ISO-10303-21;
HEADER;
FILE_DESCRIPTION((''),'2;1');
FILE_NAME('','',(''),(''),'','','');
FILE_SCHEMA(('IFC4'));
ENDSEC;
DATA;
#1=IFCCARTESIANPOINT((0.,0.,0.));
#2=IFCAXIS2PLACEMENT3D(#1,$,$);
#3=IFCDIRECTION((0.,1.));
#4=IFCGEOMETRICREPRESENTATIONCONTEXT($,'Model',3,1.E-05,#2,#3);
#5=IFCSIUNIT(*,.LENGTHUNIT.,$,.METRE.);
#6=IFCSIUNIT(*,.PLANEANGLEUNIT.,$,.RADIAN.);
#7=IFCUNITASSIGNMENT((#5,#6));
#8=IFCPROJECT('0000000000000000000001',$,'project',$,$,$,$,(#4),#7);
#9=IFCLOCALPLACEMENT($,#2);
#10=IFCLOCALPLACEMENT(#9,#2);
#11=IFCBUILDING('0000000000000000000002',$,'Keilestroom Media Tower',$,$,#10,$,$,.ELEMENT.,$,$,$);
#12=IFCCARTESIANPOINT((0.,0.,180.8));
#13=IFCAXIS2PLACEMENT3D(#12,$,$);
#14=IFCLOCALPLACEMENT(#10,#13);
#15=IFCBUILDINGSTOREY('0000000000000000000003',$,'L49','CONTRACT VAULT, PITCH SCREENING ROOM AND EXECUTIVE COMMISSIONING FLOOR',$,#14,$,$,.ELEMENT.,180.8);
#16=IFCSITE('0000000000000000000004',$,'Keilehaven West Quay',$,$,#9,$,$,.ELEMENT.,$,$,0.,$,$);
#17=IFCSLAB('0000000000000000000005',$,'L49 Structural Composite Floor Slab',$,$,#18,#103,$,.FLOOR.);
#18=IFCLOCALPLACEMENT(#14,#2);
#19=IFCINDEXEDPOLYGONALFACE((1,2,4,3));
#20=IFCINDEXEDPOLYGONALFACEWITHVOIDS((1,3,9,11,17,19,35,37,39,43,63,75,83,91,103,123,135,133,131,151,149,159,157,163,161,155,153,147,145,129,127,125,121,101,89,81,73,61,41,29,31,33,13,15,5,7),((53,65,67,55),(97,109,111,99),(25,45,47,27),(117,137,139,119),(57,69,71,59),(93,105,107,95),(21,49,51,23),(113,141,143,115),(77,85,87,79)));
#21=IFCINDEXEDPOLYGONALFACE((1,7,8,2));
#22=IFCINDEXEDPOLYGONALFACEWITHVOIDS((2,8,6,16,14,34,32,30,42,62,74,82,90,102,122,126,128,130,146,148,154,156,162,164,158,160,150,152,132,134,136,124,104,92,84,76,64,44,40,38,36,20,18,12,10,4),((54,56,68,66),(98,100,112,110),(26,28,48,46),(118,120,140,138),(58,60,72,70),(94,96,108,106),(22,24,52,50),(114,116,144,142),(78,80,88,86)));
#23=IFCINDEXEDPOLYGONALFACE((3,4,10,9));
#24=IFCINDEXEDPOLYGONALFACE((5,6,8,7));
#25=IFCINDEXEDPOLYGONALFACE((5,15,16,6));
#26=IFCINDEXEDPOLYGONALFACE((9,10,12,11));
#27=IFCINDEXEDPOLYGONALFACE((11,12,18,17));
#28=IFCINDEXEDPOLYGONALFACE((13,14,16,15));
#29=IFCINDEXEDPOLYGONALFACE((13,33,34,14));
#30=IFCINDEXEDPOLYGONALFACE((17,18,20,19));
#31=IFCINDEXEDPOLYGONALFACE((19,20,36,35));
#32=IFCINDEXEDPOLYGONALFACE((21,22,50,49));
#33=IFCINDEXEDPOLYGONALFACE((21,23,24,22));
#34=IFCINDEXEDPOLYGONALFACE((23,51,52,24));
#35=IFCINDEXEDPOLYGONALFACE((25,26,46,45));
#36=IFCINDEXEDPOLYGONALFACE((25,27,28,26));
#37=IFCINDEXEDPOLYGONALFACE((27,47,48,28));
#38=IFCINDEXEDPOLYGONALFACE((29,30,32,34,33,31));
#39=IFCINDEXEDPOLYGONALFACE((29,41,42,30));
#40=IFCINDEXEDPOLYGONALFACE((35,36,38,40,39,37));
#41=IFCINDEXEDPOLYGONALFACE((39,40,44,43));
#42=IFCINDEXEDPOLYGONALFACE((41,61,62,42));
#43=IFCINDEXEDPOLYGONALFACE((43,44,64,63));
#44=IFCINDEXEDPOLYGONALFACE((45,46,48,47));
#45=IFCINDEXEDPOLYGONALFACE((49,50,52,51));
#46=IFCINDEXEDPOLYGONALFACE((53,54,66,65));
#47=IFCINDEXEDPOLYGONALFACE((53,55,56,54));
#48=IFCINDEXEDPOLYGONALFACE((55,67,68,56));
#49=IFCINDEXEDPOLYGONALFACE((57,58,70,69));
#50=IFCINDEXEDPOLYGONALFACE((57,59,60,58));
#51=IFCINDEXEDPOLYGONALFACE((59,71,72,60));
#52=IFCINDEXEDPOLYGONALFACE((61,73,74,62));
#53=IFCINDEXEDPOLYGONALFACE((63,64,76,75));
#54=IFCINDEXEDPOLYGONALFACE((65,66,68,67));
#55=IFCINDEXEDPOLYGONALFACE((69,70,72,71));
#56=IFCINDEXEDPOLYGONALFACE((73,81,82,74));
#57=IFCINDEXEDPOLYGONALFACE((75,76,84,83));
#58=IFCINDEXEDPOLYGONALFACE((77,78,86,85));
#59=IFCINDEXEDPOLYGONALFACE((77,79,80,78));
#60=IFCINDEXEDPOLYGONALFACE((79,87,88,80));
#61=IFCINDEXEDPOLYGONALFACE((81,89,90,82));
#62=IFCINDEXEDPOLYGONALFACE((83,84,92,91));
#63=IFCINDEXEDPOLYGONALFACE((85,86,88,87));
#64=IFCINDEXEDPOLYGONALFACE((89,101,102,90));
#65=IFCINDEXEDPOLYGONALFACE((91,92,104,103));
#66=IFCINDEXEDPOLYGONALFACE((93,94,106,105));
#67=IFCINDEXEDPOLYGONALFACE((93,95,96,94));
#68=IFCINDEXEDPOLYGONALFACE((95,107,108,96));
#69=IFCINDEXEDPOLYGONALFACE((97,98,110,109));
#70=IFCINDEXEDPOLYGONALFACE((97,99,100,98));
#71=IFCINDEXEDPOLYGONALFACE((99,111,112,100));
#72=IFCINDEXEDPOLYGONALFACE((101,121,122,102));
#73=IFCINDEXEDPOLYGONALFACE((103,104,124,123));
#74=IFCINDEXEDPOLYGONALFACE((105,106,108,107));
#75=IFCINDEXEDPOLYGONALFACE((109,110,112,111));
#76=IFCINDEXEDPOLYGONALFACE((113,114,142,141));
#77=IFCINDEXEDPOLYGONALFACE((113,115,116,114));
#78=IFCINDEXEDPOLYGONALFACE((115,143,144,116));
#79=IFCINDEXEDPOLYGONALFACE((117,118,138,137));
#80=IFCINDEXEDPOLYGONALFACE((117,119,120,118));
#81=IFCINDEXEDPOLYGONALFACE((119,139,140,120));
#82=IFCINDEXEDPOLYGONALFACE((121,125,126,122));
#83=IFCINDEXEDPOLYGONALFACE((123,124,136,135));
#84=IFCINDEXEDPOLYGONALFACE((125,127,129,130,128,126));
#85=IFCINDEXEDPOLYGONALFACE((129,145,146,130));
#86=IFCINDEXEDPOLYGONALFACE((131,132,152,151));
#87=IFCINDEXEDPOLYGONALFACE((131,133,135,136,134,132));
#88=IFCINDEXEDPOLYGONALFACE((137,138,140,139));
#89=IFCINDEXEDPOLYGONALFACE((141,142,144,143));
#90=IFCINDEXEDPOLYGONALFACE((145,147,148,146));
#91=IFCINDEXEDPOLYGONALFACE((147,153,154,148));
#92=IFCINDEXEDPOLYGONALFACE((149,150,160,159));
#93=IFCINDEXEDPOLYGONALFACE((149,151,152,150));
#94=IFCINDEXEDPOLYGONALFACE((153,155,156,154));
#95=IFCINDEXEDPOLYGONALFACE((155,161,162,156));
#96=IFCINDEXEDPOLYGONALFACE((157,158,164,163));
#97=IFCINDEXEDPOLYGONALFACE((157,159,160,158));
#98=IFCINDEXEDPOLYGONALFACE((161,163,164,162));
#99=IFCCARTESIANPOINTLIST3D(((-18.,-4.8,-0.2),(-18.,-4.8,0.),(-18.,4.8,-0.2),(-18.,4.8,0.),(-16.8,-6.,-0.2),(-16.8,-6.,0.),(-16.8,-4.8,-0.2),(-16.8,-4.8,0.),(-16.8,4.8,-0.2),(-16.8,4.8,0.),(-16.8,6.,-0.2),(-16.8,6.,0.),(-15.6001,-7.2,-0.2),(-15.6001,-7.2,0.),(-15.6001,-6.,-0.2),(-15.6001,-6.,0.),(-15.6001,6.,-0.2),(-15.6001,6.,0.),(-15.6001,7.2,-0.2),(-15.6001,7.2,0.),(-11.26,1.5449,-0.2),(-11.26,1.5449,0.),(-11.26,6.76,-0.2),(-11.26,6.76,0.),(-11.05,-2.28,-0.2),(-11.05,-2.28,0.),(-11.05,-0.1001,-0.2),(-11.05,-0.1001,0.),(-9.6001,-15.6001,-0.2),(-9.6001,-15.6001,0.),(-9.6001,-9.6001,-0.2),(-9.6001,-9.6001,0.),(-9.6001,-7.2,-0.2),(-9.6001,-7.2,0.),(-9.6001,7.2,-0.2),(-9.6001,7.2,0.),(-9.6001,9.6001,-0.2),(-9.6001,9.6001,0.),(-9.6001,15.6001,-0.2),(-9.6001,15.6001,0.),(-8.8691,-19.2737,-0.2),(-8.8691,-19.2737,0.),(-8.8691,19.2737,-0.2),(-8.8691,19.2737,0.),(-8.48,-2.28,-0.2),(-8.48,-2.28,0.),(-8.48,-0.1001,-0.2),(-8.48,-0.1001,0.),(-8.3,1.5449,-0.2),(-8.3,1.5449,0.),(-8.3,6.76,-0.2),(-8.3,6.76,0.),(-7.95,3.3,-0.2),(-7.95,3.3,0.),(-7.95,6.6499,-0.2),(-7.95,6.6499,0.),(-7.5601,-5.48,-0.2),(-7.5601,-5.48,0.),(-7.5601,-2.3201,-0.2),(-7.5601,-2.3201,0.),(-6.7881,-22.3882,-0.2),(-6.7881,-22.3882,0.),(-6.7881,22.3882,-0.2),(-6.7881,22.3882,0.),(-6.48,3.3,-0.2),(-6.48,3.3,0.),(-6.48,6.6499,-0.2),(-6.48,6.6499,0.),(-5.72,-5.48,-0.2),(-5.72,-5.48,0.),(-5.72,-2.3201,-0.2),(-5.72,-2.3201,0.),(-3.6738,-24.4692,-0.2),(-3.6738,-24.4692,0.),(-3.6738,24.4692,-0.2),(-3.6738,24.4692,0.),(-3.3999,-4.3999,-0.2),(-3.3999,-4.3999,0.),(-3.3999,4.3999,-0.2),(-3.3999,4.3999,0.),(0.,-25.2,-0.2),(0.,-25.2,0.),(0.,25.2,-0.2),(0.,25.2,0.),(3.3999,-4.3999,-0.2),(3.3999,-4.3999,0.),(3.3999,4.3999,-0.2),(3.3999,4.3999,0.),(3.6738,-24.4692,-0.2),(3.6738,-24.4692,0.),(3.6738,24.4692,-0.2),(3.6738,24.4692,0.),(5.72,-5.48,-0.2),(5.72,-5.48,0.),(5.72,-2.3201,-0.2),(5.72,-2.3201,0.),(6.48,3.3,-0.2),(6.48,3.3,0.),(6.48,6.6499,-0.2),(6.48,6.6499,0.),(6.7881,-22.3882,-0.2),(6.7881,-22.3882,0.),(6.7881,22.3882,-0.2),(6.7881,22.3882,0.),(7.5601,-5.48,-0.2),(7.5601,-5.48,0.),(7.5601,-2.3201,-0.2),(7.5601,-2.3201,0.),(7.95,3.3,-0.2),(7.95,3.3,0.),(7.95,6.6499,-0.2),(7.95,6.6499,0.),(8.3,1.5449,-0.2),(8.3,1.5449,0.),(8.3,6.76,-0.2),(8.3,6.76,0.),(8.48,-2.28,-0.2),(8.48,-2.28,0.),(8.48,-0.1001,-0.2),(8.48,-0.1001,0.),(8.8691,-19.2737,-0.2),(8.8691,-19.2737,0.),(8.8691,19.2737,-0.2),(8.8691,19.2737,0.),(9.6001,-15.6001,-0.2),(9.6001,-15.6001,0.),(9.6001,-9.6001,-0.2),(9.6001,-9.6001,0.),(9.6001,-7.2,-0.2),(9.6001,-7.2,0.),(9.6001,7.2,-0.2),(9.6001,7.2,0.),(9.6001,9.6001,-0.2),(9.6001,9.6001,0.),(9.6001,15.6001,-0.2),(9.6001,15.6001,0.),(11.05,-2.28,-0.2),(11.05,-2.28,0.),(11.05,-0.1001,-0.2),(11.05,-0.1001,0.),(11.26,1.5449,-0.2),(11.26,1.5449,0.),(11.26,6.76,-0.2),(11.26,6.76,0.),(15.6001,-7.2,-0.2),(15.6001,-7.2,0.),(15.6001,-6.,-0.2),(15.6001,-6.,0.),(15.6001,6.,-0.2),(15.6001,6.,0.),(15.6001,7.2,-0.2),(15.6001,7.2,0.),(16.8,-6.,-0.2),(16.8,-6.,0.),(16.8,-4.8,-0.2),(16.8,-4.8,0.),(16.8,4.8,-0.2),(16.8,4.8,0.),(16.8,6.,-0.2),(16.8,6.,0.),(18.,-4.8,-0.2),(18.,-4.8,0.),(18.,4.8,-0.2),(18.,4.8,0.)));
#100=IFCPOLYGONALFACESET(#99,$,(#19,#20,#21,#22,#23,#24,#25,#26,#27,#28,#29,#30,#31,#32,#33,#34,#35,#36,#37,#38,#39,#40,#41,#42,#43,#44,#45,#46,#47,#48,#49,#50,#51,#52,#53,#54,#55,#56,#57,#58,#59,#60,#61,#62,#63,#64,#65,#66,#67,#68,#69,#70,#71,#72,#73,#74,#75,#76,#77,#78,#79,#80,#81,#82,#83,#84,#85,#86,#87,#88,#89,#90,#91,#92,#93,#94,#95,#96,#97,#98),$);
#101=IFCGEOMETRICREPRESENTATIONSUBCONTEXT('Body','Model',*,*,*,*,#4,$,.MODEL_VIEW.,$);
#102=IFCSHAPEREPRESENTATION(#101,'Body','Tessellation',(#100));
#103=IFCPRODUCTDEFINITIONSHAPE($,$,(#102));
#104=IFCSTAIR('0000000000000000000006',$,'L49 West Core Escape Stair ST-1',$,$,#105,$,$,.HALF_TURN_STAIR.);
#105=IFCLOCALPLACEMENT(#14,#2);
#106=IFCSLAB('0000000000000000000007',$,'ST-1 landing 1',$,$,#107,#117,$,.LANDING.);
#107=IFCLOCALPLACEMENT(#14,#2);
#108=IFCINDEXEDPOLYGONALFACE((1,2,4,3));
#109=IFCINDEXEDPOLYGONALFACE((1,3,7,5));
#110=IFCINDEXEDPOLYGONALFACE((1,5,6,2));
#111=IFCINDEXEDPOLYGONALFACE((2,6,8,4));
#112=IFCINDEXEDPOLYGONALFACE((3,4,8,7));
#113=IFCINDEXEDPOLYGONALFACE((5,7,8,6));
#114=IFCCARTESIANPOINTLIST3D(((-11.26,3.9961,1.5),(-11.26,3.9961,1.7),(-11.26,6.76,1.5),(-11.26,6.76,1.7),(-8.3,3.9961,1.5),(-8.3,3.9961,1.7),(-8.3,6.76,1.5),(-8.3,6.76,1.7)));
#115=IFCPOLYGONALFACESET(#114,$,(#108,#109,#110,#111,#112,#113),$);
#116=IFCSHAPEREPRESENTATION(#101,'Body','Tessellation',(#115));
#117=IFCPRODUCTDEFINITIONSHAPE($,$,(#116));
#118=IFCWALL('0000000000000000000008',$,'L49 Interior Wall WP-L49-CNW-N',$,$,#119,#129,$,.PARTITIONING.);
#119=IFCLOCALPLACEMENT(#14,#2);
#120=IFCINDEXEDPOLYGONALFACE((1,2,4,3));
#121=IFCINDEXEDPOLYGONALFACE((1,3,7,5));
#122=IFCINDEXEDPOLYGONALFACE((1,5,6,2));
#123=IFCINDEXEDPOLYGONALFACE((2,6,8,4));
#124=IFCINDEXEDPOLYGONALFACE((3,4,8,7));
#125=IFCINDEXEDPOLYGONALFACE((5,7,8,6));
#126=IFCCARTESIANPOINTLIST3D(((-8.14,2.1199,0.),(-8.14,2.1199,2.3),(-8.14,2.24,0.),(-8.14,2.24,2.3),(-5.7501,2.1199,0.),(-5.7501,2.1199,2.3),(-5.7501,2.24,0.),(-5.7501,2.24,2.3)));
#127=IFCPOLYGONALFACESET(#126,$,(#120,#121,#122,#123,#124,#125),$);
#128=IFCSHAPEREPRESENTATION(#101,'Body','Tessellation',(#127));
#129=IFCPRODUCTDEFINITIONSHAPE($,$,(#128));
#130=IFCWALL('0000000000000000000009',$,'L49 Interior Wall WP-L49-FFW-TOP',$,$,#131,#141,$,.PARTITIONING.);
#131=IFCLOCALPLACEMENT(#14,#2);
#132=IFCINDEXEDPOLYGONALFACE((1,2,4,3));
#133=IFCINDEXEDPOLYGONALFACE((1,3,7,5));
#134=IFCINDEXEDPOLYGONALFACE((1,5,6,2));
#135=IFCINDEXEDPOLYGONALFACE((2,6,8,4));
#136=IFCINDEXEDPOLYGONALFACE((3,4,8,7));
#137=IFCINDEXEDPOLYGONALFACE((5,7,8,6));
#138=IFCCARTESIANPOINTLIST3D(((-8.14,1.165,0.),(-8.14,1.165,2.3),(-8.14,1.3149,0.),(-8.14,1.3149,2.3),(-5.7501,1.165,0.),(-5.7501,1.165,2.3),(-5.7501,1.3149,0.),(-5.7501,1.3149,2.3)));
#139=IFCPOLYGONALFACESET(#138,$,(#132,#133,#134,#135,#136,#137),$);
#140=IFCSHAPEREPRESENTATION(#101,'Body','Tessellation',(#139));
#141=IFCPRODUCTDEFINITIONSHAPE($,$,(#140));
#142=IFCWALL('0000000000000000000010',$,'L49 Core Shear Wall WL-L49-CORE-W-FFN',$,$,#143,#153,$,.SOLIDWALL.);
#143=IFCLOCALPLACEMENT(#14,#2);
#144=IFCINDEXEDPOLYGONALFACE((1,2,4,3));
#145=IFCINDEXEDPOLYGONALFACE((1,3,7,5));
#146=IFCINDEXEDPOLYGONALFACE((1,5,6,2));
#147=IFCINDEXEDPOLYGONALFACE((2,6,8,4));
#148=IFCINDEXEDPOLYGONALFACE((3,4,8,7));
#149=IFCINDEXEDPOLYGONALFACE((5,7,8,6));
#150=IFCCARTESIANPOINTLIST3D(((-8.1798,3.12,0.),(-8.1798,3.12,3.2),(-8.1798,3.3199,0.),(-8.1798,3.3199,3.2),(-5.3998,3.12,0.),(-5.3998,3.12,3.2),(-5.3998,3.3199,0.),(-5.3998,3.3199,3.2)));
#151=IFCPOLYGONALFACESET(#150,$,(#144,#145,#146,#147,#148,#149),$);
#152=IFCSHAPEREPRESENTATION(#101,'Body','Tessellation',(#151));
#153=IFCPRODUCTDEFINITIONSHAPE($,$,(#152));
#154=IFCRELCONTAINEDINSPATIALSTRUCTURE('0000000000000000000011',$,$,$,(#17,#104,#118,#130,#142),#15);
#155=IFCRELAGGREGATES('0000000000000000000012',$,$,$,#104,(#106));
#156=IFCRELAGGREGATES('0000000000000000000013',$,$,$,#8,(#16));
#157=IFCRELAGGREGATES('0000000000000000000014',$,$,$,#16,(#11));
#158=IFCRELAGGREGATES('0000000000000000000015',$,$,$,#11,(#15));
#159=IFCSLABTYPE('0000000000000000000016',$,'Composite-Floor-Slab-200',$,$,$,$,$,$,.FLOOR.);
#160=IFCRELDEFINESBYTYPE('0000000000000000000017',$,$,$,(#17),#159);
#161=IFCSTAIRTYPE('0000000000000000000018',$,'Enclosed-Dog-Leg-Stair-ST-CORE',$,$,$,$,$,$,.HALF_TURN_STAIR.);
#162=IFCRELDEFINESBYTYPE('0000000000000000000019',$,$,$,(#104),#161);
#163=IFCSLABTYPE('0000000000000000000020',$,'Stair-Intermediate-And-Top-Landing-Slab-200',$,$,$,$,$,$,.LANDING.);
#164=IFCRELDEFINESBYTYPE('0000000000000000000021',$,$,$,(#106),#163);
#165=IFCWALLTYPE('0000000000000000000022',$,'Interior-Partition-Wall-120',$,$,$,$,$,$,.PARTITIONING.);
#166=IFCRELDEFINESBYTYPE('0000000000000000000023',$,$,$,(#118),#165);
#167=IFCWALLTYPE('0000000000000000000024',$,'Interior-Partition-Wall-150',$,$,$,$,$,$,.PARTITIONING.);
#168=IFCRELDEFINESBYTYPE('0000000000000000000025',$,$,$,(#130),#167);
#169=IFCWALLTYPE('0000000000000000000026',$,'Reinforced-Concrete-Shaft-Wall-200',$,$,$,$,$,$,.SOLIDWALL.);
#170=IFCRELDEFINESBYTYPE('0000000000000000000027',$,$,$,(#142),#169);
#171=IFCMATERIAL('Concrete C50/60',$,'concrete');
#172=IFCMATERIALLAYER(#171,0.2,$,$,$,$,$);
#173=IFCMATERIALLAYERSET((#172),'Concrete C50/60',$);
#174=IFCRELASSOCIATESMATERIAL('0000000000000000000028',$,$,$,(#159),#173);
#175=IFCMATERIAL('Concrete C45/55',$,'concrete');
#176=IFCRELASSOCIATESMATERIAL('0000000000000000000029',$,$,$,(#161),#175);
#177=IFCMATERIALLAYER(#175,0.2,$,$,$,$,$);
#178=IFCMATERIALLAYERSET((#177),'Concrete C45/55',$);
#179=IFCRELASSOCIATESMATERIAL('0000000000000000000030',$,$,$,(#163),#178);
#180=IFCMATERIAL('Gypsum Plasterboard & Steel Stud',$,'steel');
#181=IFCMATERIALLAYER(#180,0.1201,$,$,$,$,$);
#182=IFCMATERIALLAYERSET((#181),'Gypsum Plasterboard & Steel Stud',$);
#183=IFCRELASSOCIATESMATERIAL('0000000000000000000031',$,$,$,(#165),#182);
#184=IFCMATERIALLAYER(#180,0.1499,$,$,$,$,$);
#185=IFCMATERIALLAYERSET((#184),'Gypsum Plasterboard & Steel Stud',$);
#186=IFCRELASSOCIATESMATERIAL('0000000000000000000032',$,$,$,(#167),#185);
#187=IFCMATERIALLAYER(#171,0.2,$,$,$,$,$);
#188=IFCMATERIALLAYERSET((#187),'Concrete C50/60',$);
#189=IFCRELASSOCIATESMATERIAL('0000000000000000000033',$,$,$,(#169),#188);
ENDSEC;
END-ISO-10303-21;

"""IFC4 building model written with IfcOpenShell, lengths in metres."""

from ifc_helpers import new_model, si_unit, direction, frame, frame_2d, origin, place, context, subcontext, project, spatial, polyline, rectangle, outline, extrude, material, layer, layer_set, type_object, element, aggregate, save


model = new_model("IFC4")

# Units and contexts
model_context = context("Model", 3, precision=1e-05, world=origin(), true_north=direction((0.0, 1.0)))
body_context = subcontext(model_context, "Body", "Model", "MODEL_VIEW")
ifc_project = project(units=[si_unit("LENGTHUNIT", "METRE"), si_unit("PLANEANGLEUNIT", "RADIAN")], contexts=[model_context])

# Site, building, storey
site_placement = place(None, origin())
site = spatial("IfcSite", under=ifc_project, at=site_placement, Name="Keilehaven West Quay", CompositionType="ELEMENT", RefElevation=0.0)
building_placement = place(site_placement, origin())
building = spatial("IfcBuilding", under=site, at=building_placement, Name="Keilestroom Media Tower", CompositionType="ELEMENT")
storey_placement = place(building_placement, frame((0.0, 0.0, 180.8)))
storey = spatial("IfcBuildingStorey", under=building, at=storey_placement, Name="L49", Description="CONTRACT VAULT, PITCH SCREENING ROOM AND EXECUTIVE COMMISSIONING FLOOR", CompositionType="ELEMENT", Elevation=180.8)

# Slab
ifc_material_1 = material(Name="Concrete C50/60", Category="concrete")
ifc_layer_1 = layer(ifc_material_1, 0.2)
ifc_layer_set_1 = layer_set([ifc_layer_1], Name="Concrete C50/60")
slab_type_1 = type_object("IfcSlabType", Name="Composite-Floor-Slab-200", PredefinedType="FLOOR", material=ifc_layer_set_1)
slab_1_placement = place(storey_placement, frame((0.0, 0.0, -0.2)))
element("IfcSlab", 1, at=slab_1_placement, inside=storey, type_object=slab_type_1, Name="L49 Structural Composite Floor Slab", PredefinedType="FLOOR", context=body_context, shape_type="SweptSolid", body=[
    extrude(outline(polyline([(18.0, -4.8), (18.0, 4.8), (16.8, 4.8), (16.8, 6.0), (15.6001, 6.0), (15.6001, 7.2), (9.6001, 7.2), (9.6001, 9.6001), (9.6001, 15.6001), (8.8691, 19.2737), (6.7881, 22.3882), (3.6738, 24.4692), (0.0, 25.2), (-3.6738, 24.4692), (-6.7881, 22.3882), (-8.8691, 19.2737), (-9.6001, 15.6001), (-9.6001, 9.6001), (-9.6001, 7.2), (-15.6001, 7.2), (-15.6001, 6.0), (-16.8, 6.0), (-16.8, 4.8), (-18.0, 4.8), (-18.0, -4.8), (-16.8, -4.8), (-16.8, -6.0), (-15.6001, -6.0), (-15.6001, -7.2), (-9.6001, -7.2), (-9.6001, -9.6001), (-9.6001, -15.6001), (-8.8691, -19.2737), (-6.7881, -22.3882), (-3.6738, -24.4692), (0.0, -25.2), (3.6738, -24.4692), (6.7881, -22.3882), (8.8691, -19.2737), (9.6001, -15.6001), (9.6001, -9.6001), (9.6001, -7.2), (15.6001, -7.2), (15.6001, -6.0), (16.8, -6.0), (16.8, -4.8), (18.0, -4.8)]), holes=[polyline([(-11.26, 1.5449), (-11.26, 6.76), (-8.3, 6.76), (-8.3, 1.5449), (-11.26, 1.5449)]), polyline([(-11.05, -2.28), (-11.05, -0.1001), (-8.48, -0.1001), (-8.48, -2.28), (-11.05, -2.28)]), polyline([(-7.95, 3.3), (-7.95, 6.6499), (-6.48, 6.6499), (-6.48, 3.3), (-7.95, 3.3)]), polyline([(-7.5601, -2.3201), (-5.72, -2.3201), (-5.72, -5.48), (-7.5601, -5.48), (-7.5601, -2.3201)]), polyline([(3.3999, -4.3999), (-3.3999, -4.3999), (-3.3999, 4.3999), (3.3999, 4.3999), (3.3999, -4.3999)]), polyline([(7.5601, -2.3201), (7.5601, -5.48), (5.72, -5.48), (5.72, -2.3201), (7.5601, -2.3201)]), polyline([(6.48, 3.3), (6.48, 6.6499), (7.95, 6.6499), (7.95, 3.3), (6.48, 3.3)]), polyline([(8.3, 1.5449), (8.3, 6.76), (11.26, 6.76), (11.26, 1.5449), (8.3, 1.5449)]), polyline([(8.48, -2.28), (8.48, -0.1001), (11.05, -0.1001), (11.05, -2.28), (8.48, -2.28)])]), origin(), (0.0, 0.0, 1.0), 0.2),
])

# Stair, slab
ifc_material_2 = material(Name="Concrete C45/55", Category="concrete")
stair_type = type_object("IfcStairType", Name="Enclosed-Dog-Leg-Stair-ST-CORE", PredefinedType="HALF_TURN_STAIR", material=ifc_material_2)
stair_placement = place(storey_placement, origin())
stair = element("IfcStair", 2, at=stair_placement, inside=storey, type_object=stair_type, Name="L49 West Core Escape Stair ST-1", PredefinedType="HALF_TURN_STAIR")
ifc_layer_2 = layer(ifc_material_2, 0.2)
ifc_layer_set_2 = layer_set([ifc_layer_2], Name="Concrete C45/55")
slab_type_2 = type_object("IfcSlabType", Name="Stair-Intermediate-And-Top-Landing-Slab-200", PredefinedType="LANDING", material=ifc_layer_set_2)
slab_2_placement = place(storey_placement, frame((0.0, 0.0, 1.5)))
slab_2 = element("IfcSlab", 3, at=slab_2_placement, type_object=slab_type_2, Name="ST-1 landing 1", PredefinedType="LANDING", context=body_context, shape_type="SweptSolid", body=[
    extrude(outline(polyline([(-8.3, 3.9961), (-8.3, 6.76), (-11.26, 6.76), (-11.26, 3.9961), (-8.3, 3.9961)])), origin(), (0.0, 0.0, 1.0), 0.2),
])

# Walls
ifc_material_3 = material(Name="Gypsum Plasterboard & Steel Stud", Category="steel")
ifc_layer_3 = layer(ifc_material_3, 0.1201)
ifc_layer_set_3 = layer_set([ifc_layer_3], Name="Gypsum Plasterboard & Steel Stud")
wall_type_1 = type_object("IfcWallType", Name="Interior-Partition-Wall-120", PredefinedType="PARTITIONING", material=ifc_layer_set_3)
wall_1_placement = place(storey_placement, frame((-8.1399, 2.1799, 0.0), z_axis=(0.0, 0.0, 1.0), x_axis=(1.0, 0.0, 0.0)))
element("IfcWall", 4, at=wall_1_placement, inside=storey, type_object=wall_type_1, Name="L49 Interior Wall WP-L49-CNW-N", PredefinedType="PARTITIONING", context=body_context, shape_type="SweptSolid", body=[
    extrude(rectangle(XDim=2.3899, YDim=0.1201, at=frame_2d((1.1948, 0.0))), origin(), (0.0, 0.0, 1.0), 2.3),
])
ifc_layer_4 = layer(ifc_material_3, 0.1499)
ifc_layer_set_4 = layer_set([ifc_layer_4], Name="Gypsum Plasterboard & Steel Stud")
wall_type_2 = type_object("IfcWallType", Name="Interior-Partition-Wall-150", PredefinedType="PARTITIONING", material=ifc_layer_set_4)
wall_2_placement = place(storey_placement, frame((-8.1399, 1.24, 0.0), z_axis=(0.0, 0.0, 1.0), x_axis=(1.0, 0.0, 0.0)))
element("IfcWall", 5, at=wall_2_placement, inside=storey, type_object=wall_type_2, Name="L49 Interior Wall WP-L49-FFW-TOP", PredefinedType="PARTITIONING", context=body_context, shape_type="SweptSolid", body=[
    extrude(rectangle(XDim=2.3899, YDim=0.1499, at=frame_2d((1.1948, 0.0))), origin(), (0.0, 0.0, 1.0), 2.3),
])
ifc_layer_5 = layer(ifc_material_1, 0.2)
ifc_layer_set_5 = layer_set([ifc_layer_5], Name="Concrete C50/60")
wall_type_3 = type_object("IfcWallType", Name="Reinforced-Concrete-Shaft-Wall-200", PredefinedType="SOLIDWALL", material=ifc_layer_set_5)
wall_3_placement = place(storey_placement, frame((-8.1799, 3.22, 0.0), z_axis=(0.0, 0.0, 1.0), x_axis=(1.0, 0.0, 0.0)))
element("IfcWall", 6, at=wall_3_placement, inside=storey, type_object=wall_type_3, Name="L49 Core Shear Wall WL-L49-CORE-W-FFN", PredefinedType="SOLIDWALL", context=body_context, shape_type="SweptSolid", body=[
    extrude(rectangle(XDim=2.78, YDim=0.2, at=frame_2d((1.3901, 0.0))), origin(), (0.0, 0.0, 1.0), 3.2),
])

aggregate(stair, [slab_2])

save(model, "model.ifc")
